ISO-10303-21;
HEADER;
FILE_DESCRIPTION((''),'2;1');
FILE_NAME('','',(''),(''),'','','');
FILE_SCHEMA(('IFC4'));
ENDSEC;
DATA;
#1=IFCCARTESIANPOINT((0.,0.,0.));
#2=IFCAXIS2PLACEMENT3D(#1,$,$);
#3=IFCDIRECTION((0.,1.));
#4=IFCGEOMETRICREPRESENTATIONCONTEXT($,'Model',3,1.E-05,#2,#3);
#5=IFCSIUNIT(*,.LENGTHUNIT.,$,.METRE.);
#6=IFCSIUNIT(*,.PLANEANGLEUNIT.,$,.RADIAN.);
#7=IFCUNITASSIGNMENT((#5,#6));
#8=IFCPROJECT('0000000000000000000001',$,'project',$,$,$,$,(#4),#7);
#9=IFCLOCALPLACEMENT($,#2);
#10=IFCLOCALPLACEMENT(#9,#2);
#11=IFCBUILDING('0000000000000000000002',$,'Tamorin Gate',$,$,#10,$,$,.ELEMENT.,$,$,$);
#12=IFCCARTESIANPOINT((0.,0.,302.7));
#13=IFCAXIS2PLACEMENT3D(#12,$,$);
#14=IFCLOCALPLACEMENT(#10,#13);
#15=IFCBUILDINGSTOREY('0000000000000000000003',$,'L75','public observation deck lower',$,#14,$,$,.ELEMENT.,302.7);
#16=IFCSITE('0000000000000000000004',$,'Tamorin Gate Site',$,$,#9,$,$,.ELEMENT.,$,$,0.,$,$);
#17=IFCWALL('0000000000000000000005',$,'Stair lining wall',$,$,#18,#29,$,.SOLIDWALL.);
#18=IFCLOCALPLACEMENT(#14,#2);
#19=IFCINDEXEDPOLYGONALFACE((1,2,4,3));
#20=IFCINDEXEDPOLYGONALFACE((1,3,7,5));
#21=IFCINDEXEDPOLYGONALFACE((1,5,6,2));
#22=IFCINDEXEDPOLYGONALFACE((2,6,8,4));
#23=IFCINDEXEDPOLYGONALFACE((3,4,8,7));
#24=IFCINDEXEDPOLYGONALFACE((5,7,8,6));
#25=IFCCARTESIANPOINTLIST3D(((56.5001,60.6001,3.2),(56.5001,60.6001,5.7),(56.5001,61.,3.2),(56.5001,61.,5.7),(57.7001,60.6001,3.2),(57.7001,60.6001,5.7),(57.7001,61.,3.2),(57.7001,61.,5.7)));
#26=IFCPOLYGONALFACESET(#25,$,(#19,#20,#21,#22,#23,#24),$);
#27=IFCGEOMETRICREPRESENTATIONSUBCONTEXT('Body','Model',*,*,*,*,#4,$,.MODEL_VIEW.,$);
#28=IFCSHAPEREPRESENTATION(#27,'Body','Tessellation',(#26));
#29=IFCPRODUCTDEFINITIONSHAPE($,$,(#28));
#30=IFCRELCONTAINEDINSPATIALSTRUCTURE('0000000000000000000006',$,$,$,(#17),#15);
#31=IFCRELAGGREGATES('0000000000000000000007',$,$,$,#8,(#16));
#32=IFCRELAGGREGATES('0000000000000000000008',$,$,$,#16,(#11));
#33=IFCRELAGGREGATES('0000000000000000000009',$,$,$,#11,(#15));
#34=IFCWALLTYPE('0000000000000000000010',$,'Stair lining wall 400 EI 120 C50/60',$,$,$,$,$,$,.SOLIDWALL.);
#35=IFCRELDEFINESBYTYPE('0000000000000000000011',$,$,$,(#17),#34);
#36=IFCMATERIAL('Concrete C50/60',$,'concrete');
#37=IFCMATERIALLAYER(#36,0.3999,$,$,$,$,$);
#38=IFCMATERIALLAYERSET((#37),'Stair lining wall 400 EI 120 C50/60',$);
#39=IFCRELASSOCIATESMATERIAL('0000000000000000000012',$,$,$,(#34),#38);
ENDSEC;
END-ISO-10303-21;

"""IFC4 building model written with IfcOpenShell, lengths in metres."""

from ifc_helpers import new_model, si_unit, direction, frame, frame_2d, origin, place, context, subcontext, project, spatial, rectangle, extrude, material, layer, layer_set, type_object, element, save


model = new_model("IFC4")

# Units and contexts
model_context = context("Model", 3, precision=1e-05, world=origin(), true_north=direction((0.0, 1.0)))
body_context = subcontext(model_context, "Body", "Model", "MODEL_VIEW")
ifc_project = project(units=[si_unit("LENGTHUNIT", "METRE"), si_unit("PLANEANGLEUNIT", "RADIAN")], contexts=[model_context])

# Site, building, storey
site_placement = place(None, origin())
site = spatial("IfcSite", under=ifc_project, at=site_placement, Name="Tamorin Gate Site", CompositionType="ELEMENT", RefElevation=0.0)
building_placement = place(site_placement, origin())
building = spatial("IfcBuilding", under=site, at=building_placement, Name="Tamorin Gate", CompositionType="ELEMENT")
storey_placement = place(building_placement, frame((0.0, 0.0, 302.7)))
storey = spatial("IfcBuildingStorey", under=building, at=storey_placement, Name="L75", Description="public observation deck lower", CompositionType="ELEMENT", Elevation=302.7)

# Shared definitions
ifc_material_1 = material(Name="Concrete C50/60", Category="concrete")

# Wall
ifc_layer_1 = layer(ifc_material_1, 0.3999)
ifc_layer_set_1 = layer_set([ifc_layer_1], Name="Stair lining wall 400 EI 120 C50/60")
wall_type_1 = type_object("IfcWallType", Name="Stair lining wall 400 EI 120 C50/60", PredefinedType="SOLIDWALL", material=ifc_layer_set_1)
wall_1_placement = place(storey_placement, frame((56.5, 60.8, 3.2), z_axis=(0.0, 0.0, 1.0), x_axis=(1.0, 0.0, 0.0)))
element("IfcWall", 1, at=wall_1_placement, inside=storey, type_object=wall_type_1, Name="Stair lining wall", PredefinedType="SOLIDWALL", context=body_context, shape_type="SweptSolid", body=[
    extrude(rectangle(XDim=1.2, YDim=0.3999, at=frame_2d((0.6001, 0.0))), origin(), (0.0, 0.0, 1.0), 2.5),
])

save(model, "model.ifc")
